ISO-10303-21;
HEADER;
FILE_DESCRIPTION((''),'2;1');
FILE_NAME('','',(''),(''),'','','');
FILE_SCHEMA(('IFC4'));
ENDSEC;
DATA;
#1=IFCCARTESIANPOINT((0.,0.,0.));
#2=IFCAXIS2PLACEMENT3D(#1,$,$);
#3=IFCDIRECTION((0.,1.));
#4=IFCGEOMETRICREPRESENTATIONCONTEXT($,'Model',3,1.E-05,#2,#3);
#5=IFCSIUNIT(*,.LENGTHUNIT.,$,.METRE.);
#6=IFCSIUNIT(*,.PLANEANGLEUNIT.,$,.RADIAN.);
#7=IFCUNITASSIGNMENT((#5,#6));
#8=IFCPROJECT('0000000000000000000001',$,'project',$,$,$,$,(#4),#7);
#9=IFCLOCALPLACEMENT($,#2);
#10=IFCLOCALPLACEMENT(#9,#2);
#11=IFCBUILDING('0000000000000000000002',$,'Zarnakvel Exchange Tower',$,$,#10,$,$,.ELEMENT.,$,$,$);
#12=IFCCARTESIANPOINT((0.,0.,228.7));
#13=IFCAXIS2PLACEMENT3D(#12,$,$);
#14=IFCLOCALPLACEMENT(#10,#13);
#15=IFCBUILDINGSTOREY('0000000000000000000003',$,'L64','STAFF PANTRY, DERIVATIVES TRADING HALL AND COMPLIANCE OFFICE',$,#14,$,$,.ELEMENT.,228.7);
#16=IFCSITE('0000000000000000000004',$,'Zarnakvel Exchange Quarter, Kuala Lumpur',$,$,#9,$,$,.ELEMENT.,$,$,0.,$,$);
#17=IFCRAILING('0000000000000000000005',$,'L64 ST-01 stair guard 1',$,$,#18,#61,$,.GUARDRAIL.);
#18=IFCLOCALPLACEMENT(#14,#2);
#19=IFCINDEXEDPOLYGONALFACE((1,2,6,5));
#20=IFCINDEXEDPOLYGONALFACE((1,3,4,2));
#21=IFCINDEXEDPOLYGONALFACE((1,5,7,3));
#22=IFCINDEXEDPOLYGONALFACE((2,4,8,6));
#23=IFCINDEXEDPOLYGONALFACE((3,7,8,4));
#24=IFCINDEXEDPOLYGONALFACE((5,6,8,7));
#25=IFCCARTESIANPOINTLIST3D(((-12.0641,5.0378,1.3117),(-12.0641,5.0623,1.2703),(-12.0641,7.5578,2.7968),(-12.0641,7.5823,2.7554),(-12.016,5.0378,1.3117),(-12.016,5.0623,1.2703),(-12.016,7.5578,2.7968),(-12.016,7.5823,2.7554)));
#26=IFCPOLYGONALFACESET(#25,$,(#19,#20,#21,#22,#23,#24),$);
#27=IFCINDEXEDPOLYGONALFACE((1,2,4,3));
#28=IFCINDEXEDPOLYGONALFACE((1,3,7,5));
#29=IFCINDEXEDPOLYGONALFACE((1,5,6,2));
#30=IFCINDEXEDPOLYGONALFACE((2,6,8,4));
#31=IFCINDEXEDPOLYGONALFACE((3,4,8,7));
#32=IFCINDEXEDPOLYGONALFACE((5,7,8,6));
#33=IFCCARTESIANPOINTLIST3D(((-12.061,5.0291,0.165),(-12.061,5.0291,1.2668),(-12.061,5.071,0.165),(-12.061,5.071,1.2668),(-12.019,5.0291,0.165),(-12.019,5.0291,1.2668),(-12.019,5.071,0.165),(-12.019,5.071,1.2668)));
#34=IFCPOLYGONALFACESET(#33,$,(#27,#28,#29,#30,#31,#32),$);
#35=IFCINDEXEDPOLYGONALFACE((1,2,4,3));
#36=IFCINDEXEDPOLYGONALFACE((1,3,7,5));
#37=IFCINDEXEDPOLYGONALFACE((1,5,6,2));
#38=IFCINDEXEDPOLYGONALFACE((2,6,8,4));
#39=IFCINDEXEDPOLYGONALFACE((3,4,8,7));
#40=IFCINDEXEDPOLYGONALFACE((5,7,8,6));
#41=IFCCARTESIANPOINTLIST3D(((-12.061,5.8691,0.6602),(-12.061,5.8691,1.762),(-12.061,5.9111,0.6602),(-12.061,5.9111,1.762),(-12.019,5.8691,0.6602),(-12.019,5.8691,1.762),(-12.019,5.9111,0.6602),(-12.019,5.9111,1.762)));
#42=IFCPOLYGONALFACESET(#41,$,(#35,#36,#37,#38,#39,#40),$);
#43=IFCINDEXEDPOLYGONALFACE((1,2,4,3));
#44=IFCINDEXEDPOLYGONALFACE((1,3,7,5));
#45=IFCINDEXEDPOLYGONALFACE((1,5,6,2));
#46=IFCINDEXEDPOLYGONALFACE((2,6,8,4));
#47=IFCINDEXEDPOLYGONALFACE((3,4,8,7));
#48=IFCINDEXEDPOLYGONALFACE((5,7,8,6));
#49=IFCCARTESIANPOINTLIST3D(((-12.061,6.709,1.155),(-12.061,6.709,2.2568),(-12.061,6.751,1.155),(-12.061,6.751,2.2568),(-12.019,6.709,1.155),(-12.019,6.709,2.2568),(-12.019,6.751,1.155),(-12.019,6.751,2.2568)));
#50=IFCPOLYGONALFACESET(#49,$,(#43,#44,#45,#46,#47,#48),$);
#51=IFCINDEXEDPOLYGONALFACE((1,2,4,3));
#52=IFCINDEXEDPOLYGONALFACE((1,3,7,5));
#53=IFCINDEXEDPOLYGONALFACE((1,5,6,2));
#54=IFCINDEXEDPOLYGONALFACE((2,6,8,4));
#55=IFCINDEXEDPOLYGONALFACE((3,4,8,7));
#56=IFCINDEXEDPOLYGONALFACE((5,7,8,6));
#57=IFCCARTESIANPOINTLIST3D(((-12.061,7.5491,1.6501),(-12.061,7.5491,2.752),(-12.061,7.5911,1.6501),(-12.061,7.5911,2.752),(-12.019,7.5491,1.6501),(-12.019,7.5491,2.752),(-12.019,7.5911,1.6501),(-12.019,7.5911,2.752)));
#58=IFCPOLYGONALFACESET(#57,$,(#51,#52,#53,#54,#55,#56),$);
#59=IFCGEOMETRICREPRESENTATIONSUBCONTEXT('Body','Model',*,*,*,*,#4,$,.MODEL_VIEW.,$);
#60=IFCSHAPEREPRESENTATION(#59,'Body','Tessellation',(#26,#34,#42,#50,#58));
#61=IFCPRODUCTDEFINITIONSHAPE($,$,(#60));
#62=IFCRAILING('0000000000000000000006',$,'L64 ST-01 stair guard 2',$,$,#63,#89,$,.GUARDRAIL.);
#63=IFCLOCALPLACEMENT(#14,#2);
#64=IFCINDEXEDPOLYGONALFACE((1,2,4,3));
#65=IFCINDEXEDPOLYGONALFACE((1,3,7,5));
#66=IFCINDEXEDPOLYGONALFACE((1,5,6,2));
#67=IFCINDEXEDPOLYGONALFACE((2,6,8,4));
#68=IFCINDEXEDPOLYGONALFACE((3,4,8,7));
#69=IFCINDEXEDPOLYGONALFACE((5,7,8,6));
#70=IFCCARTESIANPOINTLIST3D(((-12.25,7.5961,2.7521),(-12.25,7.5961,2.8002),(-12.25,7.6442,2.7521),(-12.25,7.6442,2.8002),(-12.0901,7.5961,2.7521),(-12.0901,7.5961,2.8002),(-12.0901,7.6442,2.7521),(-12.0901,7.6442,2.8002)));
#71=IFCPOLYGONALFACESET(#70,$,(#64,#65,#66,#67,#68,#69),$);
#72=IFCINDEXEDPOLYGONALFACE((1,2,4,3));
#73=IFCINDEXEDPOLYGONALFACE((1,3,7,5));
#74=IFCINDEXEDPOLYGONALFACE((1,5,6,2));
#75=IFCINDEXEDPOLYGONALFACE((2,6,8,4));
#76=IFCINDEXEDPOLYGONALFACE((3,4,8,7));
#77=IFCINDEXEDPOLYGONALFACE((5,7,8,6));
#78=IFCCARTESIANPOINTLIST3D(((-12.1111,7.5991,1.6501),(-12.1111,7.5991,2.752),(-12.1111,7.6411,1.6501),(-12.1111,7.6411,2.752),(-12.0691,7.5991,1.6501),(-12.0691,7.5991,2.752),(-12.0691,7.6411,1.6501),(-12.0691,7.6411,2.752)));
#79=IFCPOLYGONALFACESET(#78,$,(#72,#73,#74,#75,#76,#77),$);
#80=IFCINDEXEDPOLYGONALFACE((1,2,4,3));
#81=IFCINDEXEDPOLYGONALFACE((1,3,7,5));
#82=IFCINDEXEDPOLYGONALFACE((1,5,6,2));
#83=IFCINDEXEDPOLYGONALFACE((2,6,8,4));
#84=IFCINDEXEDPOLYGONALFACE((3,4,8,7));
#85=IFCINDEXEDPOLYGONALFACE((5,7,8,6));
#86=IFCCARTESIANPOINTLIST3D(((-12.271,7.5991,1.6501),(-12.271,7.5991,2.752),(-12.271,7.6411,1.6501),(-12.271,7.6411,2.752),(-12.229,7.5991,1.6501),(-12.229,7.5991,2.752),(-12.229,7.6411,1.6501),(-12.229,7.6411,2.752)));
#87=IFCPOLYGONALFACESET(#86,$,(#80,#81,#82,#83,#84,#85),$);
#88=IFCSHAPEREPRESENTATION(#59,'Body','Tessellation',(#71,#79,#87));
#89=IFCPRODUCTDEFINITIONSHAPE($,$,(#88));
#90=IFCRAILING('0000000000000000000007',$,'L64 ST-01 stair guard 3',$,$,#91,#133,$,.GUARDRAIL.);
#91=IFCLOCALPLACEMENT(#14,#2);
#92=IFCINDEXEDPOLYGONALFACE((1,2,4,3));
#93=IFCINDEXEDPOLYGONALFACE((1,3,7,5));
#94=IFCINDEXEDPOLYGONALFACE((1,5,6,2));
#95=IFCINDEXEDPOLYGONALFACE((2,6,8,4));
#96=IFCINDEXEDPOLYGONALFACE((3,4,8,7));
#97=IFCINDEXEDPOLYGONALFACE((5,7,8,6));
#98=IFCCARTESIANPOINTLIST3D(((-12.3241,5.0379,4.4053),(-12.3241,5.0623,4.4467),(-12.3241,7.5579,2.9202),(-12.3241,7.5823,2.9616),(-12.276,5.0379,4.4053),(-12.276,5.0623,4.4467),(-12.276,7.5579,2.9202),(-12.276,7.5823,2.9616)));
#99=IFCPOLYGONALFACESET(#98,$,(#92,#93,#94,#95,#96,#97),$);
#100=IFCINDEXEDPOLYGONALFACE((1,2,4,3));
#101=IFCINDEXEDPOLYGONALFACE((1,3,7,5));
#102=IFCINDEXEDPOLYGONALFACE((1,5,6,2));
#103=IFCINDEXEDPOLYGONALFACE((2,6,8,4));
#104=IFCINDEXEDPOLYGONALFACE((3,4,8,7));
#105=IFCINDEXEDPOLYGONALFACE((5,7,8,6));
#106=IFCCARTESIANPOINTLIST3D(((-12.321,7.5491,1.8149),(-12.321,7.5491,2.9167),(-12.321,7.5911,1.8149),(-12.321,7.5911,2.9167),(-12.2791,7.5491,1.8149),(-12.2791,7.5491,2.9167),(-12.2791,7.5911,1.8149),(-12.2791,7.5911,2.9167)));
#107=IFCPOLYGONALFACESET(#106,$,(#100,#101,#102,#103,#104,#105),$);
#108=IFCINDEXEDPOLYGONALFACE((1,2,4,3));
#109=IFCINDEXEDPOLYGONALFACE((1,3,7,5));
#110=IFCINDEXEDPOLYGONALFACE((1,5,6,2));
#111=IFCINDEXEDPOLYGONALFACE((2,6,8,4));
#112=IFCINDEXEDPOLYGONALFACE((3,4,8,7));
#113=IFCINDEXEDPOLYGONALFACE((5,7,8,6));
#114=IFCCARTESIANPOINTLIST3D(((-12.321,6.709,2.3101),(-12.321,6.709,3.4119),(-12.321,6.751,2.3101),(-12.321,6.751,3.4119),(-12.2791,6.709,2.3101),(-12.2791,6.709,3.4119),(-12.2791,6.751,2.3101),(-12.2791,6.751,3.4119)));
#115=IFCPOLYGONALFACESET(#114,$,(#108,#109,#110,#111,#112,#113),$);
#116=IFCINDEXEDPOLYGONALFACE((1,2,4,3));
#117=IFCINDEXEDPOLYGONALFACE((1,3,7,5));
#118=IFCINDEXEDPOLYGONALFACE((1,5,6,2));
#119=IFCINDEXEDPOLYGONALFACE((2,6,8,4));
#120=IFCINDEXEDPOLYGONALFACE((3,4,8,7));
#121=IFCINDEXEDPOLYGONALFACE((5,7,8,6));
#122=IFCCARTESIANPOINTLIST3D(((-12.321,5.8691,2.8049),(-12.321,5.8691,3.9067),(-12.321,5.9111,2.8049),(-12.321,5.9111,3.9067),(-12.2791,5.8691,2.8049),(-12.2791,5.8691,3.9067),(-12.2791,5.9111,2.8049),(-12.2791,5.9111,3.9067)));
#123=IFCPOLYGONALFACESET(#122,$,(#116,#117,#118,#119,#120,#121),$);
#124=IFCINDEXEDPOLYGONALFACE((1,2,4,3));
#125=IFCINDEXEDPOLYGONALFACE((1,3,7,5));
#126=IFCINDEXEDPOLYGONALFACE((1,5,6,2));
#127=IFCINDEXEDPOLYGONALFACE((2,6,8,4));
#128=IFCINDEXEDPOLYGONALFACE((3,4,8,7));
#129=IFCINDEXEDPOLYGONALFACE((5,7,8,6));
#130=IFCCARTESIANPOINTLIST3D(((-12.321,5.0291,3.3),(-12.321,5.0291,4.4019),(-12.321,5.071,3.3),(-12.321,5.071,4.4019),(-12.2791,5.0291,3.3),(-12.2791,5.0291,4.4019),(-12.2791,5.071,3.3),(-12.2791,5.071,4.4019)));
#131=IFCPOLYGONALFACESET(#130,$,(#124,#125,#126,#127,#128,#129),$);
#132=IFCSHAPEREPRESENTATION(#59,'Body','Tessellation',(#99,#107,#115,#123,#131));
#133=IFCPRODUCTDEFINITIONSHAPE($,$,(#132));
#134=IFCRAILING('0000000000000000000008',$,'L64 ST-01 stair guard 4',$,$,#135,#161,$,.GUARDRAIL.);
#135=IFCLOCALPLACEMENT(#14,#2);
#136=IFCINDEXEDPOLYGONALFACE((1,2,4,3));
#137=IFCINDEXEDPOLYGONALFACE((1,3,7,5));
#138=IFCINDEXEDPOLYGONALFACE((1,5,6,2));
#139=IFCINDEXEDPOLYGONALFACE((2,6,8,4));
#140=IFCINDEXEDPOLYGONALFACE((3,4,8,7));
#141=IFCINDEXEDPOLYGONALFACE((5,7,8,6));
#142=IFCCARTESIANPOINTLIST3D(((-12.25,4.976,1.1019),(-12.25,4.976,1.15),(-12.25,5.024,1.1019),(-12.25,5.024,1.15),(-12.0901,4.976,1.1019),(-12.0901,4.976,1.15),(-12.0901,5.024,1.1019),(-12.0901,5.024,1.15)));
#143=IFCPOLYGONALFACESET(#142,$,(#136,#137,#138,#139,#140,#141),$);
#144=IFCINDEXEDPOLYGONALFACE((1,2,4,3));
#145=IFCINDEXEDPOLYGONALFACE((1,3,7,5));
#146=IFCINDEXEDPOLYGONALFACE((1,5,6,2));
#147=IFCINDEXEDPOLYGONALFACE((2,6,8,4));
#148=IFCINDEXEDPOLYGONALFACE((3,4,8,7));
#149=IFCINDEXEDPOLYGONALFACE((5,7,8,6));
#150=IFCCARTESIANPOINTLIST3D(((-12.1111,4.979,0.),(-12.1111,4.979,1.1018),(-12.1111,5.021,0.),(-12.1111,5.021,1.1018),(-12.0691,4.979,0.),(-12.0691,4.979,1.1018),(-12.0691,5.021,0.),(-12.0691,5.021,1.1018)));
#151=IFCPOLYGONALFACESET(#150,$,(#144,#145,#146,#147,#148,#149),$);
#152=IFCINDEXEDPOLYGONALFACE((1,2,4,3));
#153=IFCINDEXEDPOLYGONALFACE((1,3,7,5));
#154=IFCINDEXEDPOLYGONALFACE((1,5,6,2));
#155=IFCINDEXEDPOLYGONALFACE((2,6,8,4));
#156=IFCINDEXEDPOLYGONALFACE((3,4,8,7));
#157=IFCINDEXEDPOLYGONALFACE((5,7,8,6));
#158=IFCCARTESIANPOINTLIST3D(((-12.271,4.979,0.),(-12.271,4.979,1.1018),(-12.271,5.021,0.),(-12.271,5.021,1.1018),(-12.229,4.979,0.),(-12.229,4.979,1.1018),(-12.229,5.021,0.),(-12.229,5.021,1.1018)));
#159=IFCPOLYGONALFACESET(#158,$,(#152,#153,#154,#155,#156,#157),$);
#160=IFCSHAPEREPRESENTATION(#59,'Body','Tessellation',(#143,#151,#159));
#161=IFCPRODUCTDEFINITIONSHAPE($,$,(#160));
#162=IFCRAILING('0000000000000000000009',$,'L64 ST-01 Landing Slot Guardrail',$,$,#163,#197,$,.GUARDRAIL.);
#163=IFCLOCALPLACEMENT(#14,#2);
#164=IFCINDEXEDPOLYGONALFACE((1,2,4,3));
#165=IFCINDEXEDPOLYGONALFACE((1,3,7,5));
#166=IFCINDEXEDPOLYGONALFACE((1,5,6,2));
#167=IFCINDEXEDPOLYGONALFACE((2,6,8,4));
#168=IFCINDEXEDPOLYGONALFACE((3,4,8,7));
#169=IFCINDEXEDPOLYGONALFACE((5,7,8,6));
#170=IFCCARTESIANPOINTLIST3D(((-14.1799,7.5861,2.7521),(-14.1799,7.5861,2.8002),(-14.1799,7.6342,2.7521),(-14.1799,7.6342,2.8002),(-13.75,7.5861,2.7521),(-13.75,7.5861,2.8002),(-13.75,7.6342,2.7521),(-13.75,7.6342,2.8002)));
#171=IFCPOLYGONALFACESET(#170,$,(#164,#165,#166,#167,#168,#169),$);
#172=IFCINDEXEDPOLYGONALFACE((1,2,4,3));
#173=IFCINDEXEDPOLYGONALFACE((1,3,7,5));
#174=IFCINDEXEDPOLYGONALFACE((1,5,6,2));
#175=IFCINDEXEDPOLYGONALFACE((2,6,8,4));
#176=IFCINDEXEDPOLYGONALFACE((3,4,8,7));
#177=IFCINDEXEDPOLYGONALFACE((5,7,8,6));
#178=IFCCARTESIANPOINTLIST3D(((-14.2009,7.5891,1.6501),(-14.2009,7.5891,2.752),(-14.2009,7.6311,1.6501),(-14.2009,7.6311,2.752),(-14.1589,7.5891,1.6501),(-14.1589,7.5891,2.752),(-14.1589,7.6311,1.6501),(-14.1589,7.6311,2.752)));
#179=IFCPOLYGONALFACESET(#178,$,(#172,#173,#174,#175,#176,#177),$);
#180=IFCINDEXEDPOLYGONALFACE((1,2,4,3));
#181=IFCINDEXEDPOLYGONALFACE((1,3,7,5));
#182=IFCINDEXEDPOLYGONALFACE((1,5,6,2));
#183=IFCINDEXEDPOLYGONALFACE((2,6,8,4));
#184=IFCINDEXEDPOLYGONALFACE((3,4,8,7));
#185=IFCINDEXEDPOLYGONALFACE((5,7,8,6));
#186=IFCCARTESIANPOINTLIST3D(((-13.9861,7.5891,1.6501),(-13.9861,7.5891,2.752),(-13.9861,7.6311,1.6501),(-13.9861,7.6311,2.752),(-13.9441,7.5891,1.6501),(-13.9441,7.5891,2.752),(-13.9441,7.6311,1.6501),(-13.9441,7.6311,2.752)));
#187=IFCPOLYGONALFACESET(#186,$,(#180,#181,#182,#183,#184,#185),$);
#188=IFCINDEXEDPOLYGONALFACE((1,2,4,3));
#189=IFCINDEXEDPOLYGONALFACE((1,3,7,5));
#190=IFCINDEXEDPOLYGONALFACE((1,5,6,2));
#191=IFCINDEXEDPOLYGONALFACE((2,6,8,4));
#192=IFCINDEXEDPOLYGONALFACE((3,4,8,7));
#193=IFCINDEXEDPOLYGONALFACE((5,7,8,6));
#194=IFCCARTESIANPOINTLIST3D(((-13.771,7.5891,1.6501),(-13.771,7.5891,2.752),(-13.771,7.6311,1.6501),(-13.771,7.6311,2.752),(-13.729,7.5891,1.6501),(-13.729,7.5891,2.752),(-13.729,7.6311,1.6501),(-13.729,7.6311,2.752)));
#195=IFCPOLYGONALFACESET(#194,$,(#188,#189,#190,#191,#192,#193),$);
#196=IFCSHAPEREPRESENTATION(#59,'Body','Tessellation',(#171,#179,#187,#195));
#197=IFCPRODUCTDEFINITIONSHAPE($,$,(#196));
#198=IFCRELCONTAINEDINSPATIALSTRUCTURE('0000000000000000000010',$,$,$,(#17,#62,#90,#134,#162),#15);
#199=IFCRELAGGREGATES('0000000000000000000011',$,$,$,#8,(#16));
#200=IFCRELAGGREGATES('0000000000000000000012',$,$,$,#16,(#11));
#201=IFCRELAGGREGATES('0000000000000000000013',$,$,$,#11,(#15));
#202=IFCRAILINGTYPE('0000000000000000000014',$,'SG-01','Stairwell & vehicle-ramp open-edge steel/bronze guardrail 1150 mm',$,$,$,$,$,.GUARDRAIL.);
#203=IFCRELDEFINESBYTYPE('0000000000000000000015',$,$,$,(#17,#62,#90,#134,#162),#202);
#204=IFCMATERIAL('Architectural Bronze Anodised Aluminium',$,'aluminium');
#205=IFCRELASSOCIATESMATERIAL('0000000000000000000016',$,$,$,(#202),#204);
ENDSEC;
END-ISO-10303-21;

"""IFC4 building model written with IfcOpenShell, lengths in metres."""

from ifc_helpers import new_model, si_unit, direction, frame, origin, origin_2d, place, context, subcontext, project, spatial, rectangle, extrude, material, type_object, element, save


model = new_model("IFC4")

# Units and contexts
model_context = context("Model", 3, precision=1e-05, world=origin(), true_north=direction((0.0, 1.0)))
body_context = subcontext(model_context, "Body", "Model", "MODEL_VIEW")
ifc_project = project(units=[si_unit("LENGTHUNIT", "METRE"), si_unit("PLANEANGLEUNIT", "RADIAN")], contexts=[model_context])

# Site, building, storey
site_placement = place(None, origin())
site = spatial("IfcSite", under=ifc_project, at=site_placement, Name="Zarnakvel Exchange Quarter, Kuala Lumpur", CompositionType="ELEMENT", RefElevation=0.0)
building_placement = place(site_placement, origin())
building = spatial("IfcBuilding", under=site, at=building_placement, Name="Zarnakvel Exchange Tower", CompositionType="ELEMENT")
storey_placement = place(building_placement, frame((0.0, 0.0, 228.7)))
storey = spatial("IfcBuildingStorey", under=building, at=storey_placement, Name="L64", Description="STAFF PANTRY, DERIVATIVES TRADING HALL AND COMPLIANCE OFFICE", CompositionType="ELEMENT", Elevation=228.7)

# Shared definitions
ifc_material_1 = material(Name="Architectural Bronze Anodised Aluminium", Category="aluminium")

# Railings
railing_type_1 = type_object("IfcRailingType", Name="SG-01", Description="Stairwell & vehicle-ramp open-edge steel/bronze guardrail 1150 mm", PredefinedType="GUARDRAIL", material=ifc_material_1)
railing_1_placement = place(storey_placement, frame((-12.04, 5.05, 0.165)))
element("IfcRailing", 1, at=railing_1_placement, inside=storey, type_object=railing_type_1, Name="L64 ST-01 stair guard 1", PredefinedType="GUARDRAIL", context=body_context, shape_type="SweptSolid", body=[
    extrude(rectangle(XDim=0.0481, YDim=0.0481, at=origin_2d()), frame((0.0, 0.0, 1.126), z_axis=(0.0, 0.861524, 0.507717), x_axis=(-1.0, 0.0, 0.0)), (0.0, 0.0, 1.0), 2.925),
    extrude(rectangle(XDim=0.042, YDim=0.042, at=origin_2d()), origin(), (0.0, 0.0, 1.0), 1.1018),
    extrude(rectangle(XDim=0.042, YDim=0.042, at=origin_2d()), frame((0.0, 0.8401, 0.4951)), (0.0, 0.0, 1.0), 1.1018),
    extrude(rectangle(XDim=0.042, YDim=0.042, at=origin_2d()), frame((0.0, 1.6799, 0.99)), (0.0, 0.0, 1.0), 1.1018),
    extrude(rectangle(XDim=0.042, YDim=0.042, at=origin_2d()), frame((0.0, 2.52, 1.4851)), (0.0, 0.0, 1.0), 1.1018),
])
railing_2_placement = place(storey_placement, frame((-12.0901, 7.6201, 1.6501)))
element("IfcRailing", 2, at=railing_2_placement, inside=storey, type_object=railing_type_1, Name="L64 ST-01 stair guard 2", PredefinedType="GUARDRAIL", context=body_context, shape_type="SweptSolid", body=[
    extrude(rectangle(XDim=0.0481, YDim=0.0481, at=origin_2d()), frame((0.0, 0.0, 1.126), z_axis=(-1.0, 0.0, 0.0), x_axis=(0.0, -1.0, 0.0)), (0.0, 0.0, 1.0), 0.1599),
    extrude(rectangle(XDim=0.042, YDim=0.042, at=origin_2d()), origin(), (0.0, 0.0, 1.0), 1.1018),
    extrude(rectangle(XDim=0.042, YDim=0.042, at=origin_2d()), frame((-0.1599, 0.0, 0.0)), (0.0, 0.0, 1.0), 1.1018),
])
railing_3_placement = place(storey_placement, frame((-12.3, 7.5701, 1.8149)))
element("IfcRailing", 3, at=railing_3_placement, inside=storey, type_object=railing_type_1, Name="L64 ST-01 stair guard 3", PredefinedType="GUARDRAIL", context=body_context, shape_type="SweptSolid", body=[
    extrude(rectangle(XDim=0.0481, YDim=0.0481, at=origin_2d()), frame((0.0, 0.0, 1.126), z_axis=(0.0, -0.861524, 0.507717), x_axis=(1.0, 0.0, 0.0)), (0.0, 0.0, 1.0), 2.925),
    extrude(rectangle(XDim=0.042, YDim=0.042, at=origin_2d()), origin(), (0.0, 0.0, 1.0), 1.1018),
    extrude(rectangle(XDim=0.042, YDim=0.042, at=origin_2d()), frame((0.0, -0.8401, 0.4951)), (0.0, 0.0, 1.0), 1.1018),
    extrude(rectangle(XDim=0.042, YDim=0.042, at=origin_2d()), frame((0.0, -1.6799, 0.99)), (0.0, 0.0, 1.0), 1.1018),
    extrude(rectangle(XDim=0.042, YDim=0.042, at=origin_2d()), frame((0.0, -2.52, 1.4851)), (0.0, 0.0, 1.0), 1.1018),
])
railing_4_placement = place(storey_placement, frame((-12.0901, 5.0, 0.0)))
element("IfcRailing", 4, at=railing_4_placement, inside=storey, type_object=railing_type_1, Name="L64 ST-01 stair guard 4", PredefinedType="GUARDRAIL", context=body_context, shape_type="SweptSolid", body=[
    extrude(rectangle(XDim=0.0481, YDim=0.0481, at=origin_2d()), frame((0.0, 0.0, 1.126), z_axis=(-1.0, 0.0, 0.0), x_axis=(0.0, -1.0, 0.0)), (0.0, 0.0, 1.0), 0.1599),
    extrude(rectangle(XDim=0.042, YDim=0.042, at=origin_2d()), origin(), (0.0, 0.0, 1.0), 1.1018),
    extrude(rectangle(XDim=0.042, YDim=0.042, at=origin_2d()), frame((-0.1599, 0.0, 0.0)), (0.0, 0.0, 1.0), 1.1018),
])
railing_5_placement = place(storey_placement, frame((-14.1799, 7.6101, 1.6501)))
element("IfcRailing", 5, at=railing_5_placement, inside=storey, type_object=railing_type_1, Name="L64 ST-01 Landing Slot Guardrail", PredefinedType="GUARDRAIL", context=body_context, shape_type="SweptSolid", body=[
    extrude(rectangle(XDim=0.0481, YDim=0.0481, at=origin_2d()), frame((0.0, 0.0, 1.126), z_axis=(1.0, 0.0, 0.0), x_axis=(0.0, 1.0, 0.0)), (0.0, 0.0, 1.0), 0.4299),
    extrude(rectangle(XDim=0.042, YDim=0.042, at=origin_2d()), origin(), (0.0, 0.0, 1.0), 1.1018),
    extrude(rectangle(XDim=0.042, YDim=0.042, at=origin_2d()), frame((0.2148, 0.0, 0.0)), (0.0, 0.0, 1.0), 1.1018),
    extrude(rectangle(XDim=0.042, YDim=0.042, at=origin_2d()), frame((0.4299, 0.0, 0.0)), (0.0, 0.0, 1.0), 1.1018),
])

save(model, "model.ifc")
